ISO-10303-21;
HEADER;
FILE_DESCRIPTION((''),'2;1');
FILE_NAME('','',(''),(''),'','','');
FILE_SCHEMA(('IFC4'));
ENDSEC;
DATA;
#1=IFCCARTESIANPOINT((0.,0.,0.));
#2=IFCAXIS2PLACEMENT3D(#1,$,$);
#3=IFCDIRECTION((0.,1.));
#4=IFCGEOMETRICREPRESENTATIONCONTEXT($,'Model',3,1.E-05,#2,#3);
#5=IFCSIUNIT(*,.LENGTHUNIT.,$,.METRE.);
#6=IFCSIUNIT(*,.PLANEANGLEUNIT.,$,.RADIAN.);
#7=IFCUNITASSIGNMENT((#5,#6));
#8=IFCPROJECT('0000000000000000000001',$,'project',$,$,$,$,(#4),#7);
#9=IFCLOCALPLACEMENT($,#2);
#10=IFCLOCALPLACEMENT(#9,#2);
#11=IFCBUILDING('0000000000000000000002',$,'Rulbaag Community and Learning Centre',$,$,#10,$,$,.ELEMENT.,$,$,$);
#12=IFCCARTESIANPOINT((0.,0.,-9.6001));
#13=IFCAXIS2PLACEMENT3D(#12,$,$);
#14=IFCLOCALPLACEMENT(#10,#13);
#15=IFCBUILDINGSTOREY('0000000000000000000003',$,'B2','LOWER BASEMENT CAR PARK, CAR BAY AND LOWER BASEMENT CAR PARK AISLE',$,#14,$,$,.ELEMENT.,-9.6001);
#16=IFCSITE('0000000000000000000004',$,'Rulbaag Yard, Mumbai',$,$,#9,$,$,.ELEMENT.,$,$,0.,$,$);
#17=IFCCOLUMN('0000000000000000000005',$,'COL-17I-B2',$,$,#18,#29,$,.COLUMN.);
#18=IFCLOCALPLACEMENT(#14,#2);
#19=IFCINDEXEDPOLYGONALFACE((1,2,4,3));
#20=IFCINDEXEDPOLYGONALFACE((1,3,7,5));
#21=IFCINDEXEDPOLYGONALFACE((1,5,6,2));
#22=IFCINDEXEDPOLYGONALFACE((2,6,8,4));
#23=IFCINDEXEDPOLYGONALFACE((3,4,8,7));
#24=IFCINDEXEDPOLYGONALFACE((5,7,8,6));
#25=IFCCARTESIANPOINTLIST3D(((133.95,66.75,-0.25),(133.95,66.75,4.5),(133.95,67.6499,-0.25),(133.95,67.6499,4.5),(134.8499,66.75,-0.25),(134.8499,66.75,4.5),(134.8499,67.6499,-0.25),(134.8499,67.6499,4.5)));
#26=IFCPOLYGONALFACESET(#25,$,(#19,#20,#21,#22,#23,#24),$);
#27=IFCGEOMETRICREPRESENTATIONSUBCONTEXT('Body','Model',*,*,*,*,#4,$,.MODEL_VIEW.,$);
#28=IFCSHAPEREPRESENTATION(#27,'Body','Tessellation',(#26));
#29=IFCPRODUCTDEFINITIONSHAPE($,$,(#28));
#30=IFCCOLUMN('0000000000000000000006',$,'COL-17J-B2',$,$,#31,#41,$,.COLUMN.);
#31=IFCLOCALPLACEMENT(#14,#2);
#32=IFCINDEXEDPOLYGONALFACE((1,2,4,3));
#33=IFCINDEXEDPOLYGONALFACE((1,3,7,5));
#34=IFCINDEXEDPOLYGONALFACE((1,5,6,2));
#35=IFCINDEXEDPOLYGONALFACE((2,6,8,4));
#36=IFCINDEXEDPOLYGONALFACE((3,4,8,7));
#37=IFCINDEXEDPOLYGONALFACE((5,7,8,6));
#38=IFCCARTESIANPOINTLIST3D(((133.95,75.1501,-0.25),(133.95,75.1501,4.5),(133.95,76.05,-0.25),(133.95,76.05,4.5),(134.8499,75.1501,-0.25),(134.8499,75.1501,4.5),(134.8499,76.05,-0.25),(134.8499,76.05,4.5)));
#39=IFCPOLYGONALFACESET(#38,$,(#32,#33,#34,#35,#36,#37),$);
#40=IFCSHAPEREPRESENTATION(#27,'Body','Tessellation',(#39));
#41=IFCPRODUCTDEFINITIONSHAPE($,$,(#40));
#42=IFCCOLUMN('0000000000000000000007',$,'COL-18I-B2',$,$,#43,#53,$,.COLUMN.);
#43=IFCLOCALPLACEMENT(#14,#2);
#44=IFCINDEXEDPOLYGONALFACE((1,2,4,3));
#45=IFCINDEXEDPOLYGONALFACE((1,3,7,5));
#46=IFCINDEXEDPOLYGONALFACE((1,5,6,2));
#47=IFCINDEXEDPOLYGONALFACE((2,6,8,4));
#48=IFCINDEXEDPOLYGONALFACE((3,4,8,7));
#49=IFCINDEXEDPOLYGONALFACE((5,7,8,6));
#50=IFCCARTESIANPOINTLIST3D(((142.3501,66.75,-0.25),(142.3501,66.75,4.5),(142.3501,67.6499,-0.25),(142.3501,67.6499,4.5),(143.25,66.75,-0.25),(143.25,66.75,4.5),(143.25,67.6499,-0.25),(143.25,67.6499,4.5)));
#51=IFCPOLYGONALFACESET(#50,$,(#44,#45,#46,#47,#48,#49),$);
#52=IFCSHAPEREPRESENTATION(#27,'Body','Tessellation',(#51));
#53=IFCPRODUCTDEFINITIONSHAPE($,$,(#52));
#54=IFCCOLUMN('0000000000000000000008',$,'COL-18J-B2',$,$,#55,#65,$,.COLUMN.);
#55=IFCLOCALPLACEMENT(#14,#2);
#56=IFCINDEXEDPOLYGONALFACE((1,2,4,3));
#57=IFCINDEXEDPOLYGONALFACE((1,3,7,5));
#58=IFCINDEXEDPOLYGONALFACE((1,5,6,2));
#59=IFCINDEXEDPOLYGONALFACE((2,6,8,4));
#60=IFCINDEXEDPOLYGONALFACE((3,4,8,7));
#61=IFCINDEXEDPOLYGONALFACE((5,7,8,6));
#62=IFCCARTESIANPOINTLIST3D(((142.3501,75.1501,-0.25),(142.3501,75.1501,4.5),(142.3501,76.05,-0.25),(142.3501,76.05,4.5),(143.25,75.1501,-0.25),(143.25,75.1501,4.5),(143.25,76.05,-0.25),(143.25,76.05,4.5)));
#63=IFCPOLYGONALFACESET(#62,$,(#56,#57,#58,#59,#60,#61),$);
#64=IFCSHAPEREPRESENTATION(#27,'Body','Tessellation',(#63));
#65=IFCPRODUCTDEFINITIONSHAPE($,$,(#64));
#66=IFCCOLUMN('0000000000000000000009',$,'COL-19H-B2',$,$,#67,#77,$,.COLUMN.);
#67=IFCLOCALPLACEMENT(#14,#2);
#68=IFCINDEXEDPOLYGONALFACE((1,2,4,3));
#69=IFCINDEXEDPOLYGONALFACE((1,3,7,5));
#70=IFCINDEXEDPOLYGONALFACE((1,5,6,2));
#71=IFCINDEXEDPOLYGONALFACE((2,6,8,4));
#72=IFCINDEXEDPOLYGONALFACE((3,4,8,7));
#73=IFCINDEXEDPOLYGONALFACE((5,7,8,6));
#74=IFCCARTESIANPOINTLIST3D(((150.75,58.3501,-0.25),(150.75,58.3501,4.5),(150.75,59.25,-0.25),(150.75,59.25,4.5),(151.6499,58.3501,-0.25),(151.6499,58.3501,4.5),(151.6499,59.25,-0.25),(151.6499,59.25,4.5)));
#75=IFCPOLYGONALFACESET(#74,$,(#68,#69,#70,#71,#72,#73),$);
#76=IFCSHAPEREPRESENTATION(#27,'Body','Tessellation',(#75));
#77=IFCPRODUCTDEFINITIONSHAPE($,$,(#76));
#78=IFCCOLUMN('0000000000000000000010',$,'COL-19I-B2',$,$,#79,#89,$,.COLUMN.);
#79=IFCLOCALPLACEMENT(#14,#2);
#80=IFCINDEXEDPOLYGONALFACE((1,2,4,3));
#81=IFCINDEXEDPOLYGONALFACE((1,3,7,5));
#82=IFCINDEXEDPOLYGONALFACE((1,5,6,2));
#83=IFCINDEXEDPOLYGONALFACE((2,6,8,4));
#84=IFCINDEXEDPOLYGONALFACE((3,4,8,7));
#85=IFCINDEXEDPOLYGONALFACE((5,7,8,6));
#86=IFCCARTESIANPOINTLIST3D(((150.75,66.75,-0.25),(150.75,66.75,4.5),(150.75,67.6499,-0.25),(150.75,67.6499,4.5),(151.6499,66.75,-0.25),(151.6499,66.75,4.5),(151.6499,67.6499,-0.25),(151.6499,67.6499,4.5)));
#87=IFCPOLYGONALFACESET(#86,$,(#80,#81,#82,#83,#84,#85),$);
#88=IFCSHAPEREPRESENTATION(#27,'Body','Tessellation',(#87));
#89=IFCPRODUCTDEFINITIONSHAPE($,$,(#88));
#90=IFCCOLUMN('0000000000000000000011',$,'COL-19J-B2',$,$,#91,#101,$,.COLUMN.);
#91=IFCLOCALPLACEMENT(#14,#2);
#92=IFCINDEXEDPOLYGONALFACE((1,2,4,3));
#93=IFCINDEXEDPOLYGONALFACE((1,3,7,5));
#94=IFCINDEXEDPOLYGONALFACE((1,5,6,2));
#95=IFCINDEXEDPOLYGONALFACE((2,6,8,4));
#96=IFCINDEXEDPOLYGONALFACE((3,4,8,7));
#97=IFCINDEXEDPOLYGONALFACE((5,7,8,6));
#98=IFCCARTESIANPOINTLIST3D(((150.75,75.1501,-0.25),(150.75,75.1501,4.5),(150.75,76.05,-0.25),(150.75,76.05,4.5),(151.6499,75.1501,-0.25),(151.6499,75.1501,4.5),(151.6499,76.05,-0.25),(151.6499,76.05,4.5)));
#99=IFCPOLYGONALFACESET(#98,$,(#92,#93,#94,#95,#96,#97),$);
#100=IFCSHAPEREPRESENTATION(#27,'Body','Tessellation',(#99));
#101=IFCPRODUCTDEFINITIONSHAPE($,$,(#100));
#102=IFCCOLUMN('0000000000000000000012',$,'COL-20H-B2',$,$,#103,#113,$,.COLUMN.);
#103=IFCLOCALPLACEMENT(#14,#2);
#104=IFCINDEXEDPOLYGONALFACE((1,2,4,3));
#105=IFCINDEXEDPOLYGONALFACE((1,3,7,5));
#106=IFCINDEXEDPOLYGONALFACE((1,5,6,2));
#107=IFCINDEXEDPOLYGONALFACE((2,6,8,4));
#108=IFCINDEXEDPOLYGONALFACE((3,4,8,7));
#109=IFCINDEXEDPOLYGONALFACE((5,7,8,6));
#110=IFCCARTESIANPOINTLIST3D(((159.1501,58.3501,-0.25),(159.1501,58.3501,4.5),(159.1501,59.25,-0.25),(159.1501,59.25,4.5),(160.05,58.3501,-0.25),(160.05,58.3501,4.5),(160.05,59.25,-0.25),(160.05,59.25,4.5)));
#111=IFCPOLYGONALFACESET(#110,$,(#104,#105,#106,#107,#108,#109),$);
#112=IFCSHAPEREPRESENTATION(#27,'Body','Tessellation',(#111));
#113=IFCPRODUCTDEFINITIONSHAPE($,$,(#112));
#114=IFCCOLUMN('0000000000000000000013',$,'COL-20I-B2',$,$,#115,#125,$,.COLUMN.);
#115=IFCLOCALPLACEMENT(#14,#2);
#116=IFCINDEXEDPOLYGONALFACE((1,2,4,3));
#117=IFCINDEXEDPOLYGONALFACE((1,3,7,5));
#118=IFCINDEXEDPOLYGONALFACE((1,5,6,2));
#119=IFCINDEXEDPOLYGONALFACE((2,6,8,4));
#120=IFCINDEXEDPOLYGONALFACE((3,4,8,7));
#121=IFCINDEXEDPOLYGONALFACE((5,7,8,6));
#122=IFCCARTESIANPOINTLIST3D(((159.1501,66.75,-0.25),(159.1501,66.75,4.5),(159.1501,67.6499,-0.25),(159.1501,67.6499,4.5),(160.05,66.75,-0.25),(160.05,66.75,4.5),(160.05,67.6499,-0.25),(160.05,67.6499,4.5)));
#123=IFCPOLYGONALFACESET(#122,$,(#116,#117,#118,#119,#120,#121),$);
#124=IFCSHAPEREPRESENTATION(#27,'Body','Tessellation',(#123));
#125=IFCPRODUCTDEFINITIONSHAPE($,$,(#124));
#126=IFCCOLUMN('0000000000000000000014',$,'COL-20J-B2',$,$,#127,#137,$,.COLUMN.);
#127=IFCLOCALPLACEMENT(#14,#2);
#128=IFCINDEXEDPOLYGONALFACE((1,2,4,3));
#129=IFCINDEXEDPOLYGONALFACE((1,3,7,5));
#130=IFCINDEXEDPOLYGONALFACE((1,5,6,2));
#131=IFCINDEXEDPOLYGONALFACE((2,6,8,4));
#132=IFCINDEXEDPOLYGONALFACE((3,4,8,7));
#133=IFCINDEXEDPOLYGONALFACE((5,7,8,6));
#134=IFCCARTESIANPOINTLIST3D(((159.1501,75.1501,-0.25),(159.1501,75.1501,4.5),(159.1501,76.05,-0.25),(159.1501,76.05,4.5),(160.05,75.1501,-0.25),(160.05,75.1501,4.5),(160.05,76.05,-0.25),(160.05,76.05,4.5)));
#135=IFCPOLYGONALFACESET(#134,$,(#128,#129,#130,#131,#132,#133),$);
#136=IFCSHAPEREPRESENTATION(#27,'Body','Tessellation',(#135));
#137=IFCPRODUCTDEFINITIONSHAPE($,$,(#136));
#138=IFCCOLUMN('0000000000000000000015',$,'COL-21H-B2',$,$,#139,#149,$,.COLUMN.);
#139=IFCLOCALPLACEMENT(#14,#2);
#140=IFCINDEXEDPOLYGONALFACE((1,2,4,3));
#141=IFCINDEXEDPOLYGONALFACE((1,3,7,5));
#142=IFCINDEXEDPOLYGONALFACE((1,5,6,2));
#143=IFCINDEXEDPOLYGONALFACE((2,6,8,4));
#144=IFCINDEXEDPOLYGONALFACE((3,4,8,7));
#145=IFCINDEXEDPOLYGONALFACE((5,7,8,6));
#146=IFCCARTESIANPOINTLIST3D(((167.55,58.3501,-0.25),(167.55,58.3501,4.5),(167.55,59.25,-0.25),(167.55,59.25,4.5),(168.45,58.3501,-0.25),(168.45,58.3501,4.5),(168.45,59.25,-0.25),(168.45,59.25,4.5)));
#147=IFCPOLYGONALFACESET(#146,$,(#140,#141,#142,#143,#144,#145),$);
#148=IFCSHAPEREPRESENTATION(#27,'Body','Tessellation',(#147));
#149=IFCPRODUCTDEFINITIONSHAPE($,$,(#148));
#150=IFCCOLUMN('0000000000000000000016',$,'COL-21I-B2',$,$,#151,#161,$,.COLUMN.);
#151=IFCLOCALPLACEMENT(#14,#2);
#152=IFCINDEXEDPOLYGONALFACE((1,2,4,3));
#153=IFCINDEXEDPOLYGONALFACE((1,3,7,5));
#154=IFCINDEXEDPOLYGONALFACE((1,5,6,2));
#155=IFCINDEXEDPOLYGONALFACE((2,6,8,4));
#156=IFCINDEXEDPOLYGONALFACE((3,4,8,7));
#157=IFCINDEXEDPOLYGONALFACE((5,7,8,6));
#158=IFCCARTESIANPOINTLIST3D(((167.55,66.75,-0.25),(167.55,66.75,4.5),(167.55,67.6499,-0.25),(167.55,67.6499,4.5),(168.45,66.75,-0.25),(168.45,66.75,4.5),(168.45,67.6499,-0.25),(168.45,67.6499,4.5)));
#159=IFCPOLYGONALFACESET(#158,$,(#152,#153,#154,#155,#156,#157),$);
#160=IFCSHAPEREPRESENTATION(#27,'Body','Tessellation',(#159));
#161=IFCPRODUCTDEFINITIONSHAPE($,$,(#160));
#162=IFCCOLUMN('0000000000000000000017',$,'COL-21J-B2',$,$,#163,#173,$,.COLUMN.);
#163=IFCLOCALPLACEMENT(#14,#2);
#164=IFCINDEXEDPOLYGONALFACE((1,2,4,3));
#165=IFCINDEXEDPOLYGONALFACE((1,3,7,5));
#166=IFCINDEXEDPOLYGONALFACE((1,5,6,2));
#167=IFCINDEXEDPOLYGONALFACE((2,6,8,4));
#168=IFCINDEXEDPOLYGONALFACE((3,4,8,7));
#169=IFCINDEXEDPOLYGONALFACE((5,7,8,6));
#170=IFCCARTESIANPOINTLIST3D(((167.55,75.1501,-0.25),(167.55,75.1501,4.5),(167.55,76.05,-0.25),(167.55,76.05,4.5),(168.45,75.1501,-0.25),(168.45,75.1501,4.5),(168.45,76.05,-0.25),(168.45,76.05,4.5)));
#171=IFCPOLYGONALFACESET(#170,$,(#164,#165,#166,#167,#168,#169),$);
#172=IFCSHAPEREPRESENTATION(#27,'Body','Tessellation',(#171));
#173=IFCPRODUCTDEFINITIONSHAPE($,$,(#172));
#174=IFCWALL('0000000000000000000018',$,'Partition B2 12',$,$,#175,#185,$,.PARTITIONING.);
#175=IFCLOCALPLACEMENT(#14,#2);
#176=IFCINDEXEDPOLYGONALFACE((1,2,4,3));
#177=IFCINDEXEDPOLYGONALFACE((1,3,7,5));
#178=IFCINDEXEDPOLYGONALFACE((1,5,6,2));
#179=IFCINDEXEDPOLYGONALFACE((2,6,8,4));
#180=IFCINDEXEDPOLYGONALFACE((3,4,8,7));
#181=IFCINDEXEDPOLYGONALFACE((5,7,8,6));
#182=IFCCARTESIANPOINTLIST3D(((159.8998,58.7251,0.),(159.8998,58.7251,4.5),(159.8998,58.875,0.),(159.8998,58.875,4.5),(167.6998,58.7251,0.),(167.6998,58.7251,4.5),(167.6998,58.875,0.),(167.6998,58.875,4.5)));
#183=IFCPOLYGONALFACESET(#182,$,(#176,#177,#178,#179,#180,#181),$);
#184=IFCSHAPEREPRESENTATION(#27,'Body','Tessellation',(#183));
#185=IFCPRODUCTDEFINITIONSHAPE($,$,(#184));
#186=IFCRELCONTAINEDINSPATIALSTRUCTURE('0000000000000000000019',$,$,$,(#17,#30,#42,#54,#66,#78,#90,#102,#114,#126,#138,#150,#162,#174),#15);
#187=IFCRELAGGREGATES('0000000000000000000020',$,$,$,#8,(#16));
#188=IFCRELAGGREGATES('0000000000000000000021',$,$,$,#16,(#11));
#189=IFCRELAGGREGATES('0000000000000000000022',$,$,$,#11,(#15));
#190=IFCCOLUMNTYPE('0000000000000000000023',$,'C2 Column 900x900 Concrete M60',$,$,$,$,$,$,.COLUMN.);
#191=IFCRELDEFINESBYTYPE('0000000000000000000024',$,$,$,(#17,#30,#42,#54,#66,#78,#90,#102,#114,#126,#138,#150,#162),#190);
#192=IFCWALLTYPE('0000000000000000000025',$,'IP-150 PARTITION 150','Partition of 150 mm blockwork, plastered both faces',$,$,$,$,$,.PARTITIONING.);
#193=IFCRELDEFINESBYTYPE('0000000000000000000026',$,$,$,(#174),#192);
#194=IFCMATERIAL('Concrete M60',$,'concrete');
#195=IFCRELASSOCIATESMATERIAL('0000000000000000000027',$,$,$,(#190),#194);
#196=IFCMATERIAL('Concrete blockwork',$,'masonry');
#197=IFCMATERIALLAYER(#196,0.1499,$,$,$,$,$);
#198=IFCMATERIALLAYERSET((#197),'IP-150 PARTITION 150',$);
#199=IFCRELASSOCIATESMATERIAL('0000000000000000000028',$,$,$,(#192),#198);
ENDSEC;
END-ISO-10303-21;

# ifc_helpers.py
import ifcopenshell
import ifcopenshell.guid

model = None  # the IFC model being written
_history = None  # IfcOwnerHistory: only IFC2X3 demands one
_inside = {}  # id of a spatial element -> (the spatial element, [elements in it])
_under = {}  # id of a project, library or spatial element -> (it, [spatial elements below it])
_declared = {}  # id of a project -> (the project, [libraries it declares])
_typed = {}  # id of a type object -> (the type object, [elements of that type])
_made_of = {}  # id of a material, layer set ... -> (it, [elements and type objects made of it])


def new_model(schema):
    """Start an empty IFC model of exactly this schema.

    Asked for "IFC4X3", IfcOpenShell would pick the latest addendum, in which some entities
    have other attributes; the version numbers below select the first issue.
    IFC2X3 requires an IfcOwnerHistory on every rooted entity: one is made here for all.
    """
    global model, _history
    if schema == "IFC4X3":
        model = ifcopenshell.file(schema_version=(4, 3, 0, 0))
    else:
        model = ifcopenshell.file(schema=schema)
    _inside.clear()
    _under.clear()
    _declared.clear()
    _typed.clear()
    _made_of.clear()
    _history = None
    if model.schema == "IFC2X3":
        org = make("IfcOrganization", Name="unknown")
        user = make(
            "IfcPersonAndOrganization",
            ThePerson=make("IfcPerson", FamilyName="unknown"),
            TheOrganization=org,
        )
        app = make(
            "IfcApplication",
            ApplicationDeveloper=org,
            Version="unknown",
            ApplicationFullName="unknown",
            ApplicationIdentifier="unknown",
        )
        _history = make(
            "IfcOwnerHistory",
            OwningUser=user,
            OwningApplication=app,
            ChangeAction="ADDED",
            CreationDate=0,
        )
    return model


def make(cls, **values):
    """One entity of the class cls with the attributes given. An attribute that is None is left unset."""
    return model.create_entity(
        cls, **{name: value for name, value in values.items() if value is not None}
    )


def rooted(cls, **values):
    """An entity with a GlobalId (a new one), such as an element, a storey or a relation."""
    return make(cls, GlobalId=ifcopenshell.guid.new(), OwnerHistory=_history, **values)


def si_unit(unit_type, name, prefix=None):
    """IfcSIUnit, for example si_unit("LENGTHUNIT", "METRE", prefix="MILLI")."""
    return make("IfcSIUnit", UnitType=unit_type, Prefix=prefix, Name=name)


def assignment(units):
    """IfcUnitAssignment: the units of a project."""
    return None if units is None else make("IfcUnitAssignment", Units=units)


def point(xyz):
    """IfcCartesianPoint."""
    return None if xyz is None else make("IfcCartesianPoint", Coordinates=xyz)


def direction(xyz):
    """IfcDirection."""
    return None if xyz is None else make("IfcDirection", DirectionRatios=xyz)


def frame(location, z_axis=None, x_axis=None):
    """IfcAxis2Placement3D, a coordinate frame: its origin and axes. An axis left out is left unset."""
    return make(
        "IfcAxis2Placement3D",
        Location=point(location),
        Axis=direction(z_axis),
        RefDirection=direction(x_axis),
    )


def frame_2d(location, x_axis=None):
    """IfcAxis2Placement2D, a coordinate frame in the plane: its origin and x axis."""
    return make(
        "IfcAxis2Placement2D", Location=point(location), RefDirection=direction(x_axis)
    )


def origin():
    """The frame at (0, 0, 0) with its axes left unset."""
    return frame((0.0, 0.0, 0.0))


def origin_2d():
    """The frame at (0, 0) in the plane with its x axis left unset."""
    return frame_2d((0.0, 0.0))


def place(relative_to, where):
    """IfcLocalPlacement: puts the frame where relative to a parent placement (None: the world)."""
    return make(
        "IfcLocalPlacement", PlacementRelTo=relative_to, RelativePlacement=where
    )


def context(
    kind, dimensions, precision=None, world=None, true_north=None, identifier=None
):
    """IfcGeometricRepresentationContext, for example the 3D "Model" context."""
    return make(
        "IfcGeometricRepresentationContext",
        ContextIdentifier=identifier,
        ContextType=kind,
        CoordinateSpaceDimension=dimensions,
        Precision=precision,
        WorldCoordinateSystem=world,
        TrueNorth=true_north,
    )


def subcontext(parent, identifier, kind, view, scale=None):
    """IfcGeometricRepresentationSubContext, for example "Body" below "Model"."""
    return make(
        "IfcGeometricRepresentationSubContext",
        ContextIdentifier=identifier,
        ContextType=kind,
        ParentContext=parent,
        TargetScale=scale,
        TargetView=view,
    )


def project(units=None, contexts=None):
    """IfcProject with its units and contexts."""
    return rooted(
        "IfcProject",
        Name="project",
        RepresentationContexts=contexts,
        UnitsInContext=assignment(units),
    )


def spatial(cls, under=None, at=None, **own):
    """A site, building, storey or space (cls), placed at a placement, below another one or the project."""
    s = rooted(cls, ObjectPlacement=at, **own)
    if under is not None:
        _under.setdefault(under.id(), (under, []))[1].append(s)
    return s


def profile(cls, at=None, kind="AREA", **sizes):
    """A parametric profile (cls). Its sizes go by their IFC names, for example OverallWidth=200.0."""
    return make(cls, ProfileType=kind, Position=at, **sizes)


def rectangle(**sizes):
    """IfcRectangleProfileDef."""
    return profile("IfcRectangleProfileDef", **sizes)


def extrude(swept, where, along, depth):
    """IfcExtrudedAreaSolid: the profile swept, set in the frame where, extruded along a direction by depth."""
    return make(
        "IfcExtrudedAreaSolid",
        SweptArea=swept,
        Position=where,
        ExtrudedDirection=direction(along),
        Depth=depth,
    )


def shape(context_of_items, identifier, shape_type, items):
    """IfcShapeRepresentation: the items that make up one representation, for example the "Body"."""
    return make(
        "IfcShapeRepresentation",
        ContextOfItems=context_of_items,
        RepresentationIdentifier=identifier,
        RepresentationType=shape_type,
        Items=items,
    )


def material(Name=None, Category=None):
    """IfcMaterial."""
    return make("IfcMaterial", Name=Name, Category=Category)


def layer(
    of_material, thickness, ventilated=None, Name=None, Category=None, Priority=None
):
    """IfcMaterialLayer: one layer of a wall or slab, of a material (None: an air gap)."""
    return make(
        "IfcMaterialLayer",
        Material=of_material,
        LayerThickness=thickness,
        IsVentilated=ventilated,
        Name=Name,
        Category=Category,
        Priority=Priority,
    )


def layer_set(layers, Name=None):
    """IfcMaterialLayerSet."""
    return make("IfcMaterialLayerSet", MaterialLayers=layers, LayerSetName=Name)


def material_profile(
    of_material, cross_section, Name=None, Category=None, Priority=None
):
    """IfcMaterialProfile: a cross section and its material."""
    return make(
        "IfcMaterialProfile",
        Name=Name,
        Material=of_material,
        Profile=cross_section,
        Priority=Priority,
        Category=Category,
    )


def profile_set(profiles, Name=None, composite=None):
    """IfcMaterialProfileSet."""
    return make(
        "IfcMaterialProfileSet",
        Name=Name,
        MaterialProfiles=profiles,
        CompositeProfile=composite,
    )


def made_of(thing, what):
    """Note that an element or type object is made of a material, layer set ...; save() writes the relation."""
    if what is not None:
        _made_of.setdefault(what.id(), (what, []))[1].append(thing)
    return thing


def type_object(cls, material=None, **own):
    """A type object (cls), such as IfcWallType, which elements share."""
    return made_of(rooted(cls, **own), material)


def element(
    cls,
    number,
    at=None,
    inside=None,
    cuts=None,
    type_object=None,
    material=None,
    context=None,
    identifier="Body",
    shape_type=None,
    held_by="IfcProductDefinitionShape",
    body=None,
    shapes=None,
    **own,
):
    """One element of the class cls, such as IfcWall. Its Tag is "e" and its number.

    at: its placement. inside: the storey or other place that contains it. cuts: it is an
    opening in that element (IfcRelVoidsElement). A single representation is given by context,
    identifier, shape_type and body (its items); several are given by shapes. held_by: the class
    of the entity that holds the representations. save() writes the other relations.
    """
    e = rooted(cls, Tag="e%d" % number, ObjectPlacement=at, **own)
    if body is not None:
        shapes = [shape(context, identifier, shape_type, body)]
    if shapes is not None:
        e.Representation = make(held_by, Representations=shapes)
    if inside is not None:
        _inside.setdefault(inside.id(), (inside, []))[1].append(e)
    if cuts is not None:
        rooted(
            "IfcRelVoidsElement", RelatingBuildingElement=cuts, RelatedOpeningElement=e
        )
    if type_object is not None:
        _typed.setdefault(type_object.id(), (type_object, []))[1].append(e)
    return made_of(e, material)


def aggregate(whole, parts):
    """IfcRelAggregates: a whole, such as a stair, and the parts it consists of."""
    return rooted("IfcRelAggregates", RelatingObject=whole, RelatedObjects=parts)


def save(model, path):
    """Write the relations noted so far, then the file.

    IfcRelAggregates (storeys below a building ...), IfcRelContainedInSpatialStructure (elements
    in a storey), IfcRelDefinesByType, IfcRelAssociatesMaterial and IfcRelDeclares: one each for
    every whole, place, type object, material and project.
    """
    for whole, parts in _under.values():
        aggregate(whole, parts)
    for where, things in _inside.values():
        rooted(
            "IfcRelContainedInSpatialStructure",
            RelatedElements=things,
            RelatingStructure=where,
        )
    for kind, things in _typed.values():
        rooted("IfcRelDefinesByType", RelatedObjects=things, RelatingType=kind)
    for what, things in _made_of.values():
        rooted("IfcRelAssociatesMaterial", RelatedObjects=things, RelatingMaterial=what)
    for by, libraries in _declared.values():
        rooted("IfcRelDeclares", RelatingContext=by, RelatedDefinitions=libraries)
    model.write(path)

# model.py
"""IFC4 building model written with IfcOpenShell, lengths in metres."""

from ifc_helpers import new_model, si_unit, direction, frame, frame_2d, origin, origin_2d, place, context, subcontext, project, spatial, rectangle, extrude, material, layer, layer_set, material_profile, profile_set, type_object, element, save


model = new_model("IFC4")

# Units and contexts
model_context = context("Model", 3, precision=1e-05, world=origin(), true_north=direction((0.0, 1.0)))
body_context = subcontext(model_context, "Body", "Model", "MODEL_VIEW")
ifc_project = project(units=[si_unit("LENGTHUNIT", "METRE"), si_unit("PLANEANGLEUNIT", "RADIAN")], contexts=[model_context])

# Site, building, storey
site_placement = place(None, origin())
site = spatial("IfcSite", under=ifc_project, at=site_placement, Name="Rulbaag Yard, Mumbai", CompositionType="ELEMENT", RefElevation=0.0)
building_placement = place(site_placement, origin())
building = spatial("IfcBuilding", under=site, at=building_placement, Name="Rulbaag Community and Learning Centre", CompositionType="ELEMENT")
storey_placement = place(building_placement, frame((0.0, 0.0, -9.6001)))
storey = spatial("IfcBuildingStorey", under=building, at=storey_placement, Name="B2", Description="LOWER BASEMENT CAR PARK, CAR BAY AND LOWER BASEMENT CAR PARK AISLE", CompositionType="ELEMENT", Elevation=-9.6001)

# Columns
ifc_material_1 = material(Name="Concrete M60", Category="concrete")
ifc_material_profile_1 = material_profile(ifc_material_1, rectangle(XDim=0.8999, YDim=0.8999, at=origin_2d()), Name="RC900x900")
ifc_profile_set_1 = profile_set([ifc_material_profile_1], Name="Concrete M60")
column_type = type_object("IfcColumnType", Name="C2 Column 900x900 Concrete M60", PredefinedType="COLUMN", material=ifc_profile_set_1)
for number, where, z_axis, x_axis, name in (
    (1, (134.3999, 67.2, -0.25), (0.0, 0.0, 1.0), (1.0, 0.0, 0.0), "COL-17I-B2"),
    (2, (134.3999, 75.6001, -0.25), (0.0, 0.0, 1.0), (1.0, 0.0, 0.0), "COL-17J-B2"),
    (3, (142.8, 67.2, -0.25), (0.0, 0.0, 1.0), (1.0, 0.0, 0.0), "COL-18I-B2"),
    (4, (142.8, 75.6001, -0.25), (0.0, 0.0, 1.0), (1.0, 0.0, 0.0), "COL-18J-B2"),
    (5, (151.2, 58.8, -0.25), (0.0, 0.0, 1.0), (1.0, 0.0, 0.0), "COL-19H-B2"),
    (6, (151.2, 67.2, -0.25), (0.0, 0.0, 1.0), (1.0, 0.0, 0.0), "COL-19I-B2"),
    (7, (151.2, 75.6001, -0.25), (0.0, 0.0, 1.0), (1.0, 0.0, 0.0), "COL-19J-B2"),
    (8, (159.6001, 58.8, -0.25), (0.0, 0.0, 1.0), (1.0, 0.0, 0.0), "COL-20H-B2"),
    (9, (159.6001, 67.2, -0.25), (0.0, 0.0, 1.0), (1.0, 0.0, 0.0), "COL-20I-B2"),
    (10, (159.6001, 75.6001, -0.25), (0.0, 0.0, 1.0), (1.0, 0.0, 0.0), "COL-20J-B2"),
    (11, (168.0, 58.8, -0.25), (0.0, 0.0, 1.0), (1.0, 0.0, 0.0), "COL-21H-B2"),
    (12, (168.0, 67.2, -0.25), (0.0, 0.0, 1.0), (1.0, 0.0, 0.0), "COL-21I-B2"),
    (13, (168.0, 75.6001, -0.25), (0.0, 0.0, 1.0), (1.0, 0.0, 0.0), "COL-21J-B2"),
):
    element("IfcColumn", number, at=place(storey_placement, frame(where, z_axis=z_axis, x_axis=x_axis)), inside=storey, type_object=column_type, Name=name, PredefinedType="COLUMN", context=body_context, shape_type="SweptSolid", body=[
        extrude(rectangle(XDim=0.8999, YDim=0.8999, at=origin_2d()), origin(), (0.0, 0.0, 1.0), 4.75),
    ])

# Wall
ifc_material_2 = material(Name="Concrete blockwork", Category="masonry")
ifc_layer = layer(ifc_material_2, 0.1499)
ifc_layer_set = layer_set([ifc_layer], Name="IP-150 PARTITION 150")
wall_type = type_object("IfcWallType", Name="IP-150 PARTITION 150", Description="Partition of 150 mm blockwork, plastered both faces", PredefinedType="PARTITIONING", material=ifc_layer_set)
wall_placement = place(storey_placement, frame((159.8999, 58.8, 0.0), z_axis=(0.0, 0.0, 1.0), x_axis=(1.0, 0.0, 0.0)))
element("IfcWall", 14, at=wall_placement, inside=storey, type_object=wall_type, Name="Partition B2 12", PredefinedType="PARTITIONING", context=body_context, shape_type="SweptSolid", body=[
    extrude(rectangle(XDim=7.8, YDim=0.1499, at=frame_2d((3.8999, 0.0))), origin(), (0.0, 0.0, 1.0), 4.5),
])

save(model, "model.ifc")
